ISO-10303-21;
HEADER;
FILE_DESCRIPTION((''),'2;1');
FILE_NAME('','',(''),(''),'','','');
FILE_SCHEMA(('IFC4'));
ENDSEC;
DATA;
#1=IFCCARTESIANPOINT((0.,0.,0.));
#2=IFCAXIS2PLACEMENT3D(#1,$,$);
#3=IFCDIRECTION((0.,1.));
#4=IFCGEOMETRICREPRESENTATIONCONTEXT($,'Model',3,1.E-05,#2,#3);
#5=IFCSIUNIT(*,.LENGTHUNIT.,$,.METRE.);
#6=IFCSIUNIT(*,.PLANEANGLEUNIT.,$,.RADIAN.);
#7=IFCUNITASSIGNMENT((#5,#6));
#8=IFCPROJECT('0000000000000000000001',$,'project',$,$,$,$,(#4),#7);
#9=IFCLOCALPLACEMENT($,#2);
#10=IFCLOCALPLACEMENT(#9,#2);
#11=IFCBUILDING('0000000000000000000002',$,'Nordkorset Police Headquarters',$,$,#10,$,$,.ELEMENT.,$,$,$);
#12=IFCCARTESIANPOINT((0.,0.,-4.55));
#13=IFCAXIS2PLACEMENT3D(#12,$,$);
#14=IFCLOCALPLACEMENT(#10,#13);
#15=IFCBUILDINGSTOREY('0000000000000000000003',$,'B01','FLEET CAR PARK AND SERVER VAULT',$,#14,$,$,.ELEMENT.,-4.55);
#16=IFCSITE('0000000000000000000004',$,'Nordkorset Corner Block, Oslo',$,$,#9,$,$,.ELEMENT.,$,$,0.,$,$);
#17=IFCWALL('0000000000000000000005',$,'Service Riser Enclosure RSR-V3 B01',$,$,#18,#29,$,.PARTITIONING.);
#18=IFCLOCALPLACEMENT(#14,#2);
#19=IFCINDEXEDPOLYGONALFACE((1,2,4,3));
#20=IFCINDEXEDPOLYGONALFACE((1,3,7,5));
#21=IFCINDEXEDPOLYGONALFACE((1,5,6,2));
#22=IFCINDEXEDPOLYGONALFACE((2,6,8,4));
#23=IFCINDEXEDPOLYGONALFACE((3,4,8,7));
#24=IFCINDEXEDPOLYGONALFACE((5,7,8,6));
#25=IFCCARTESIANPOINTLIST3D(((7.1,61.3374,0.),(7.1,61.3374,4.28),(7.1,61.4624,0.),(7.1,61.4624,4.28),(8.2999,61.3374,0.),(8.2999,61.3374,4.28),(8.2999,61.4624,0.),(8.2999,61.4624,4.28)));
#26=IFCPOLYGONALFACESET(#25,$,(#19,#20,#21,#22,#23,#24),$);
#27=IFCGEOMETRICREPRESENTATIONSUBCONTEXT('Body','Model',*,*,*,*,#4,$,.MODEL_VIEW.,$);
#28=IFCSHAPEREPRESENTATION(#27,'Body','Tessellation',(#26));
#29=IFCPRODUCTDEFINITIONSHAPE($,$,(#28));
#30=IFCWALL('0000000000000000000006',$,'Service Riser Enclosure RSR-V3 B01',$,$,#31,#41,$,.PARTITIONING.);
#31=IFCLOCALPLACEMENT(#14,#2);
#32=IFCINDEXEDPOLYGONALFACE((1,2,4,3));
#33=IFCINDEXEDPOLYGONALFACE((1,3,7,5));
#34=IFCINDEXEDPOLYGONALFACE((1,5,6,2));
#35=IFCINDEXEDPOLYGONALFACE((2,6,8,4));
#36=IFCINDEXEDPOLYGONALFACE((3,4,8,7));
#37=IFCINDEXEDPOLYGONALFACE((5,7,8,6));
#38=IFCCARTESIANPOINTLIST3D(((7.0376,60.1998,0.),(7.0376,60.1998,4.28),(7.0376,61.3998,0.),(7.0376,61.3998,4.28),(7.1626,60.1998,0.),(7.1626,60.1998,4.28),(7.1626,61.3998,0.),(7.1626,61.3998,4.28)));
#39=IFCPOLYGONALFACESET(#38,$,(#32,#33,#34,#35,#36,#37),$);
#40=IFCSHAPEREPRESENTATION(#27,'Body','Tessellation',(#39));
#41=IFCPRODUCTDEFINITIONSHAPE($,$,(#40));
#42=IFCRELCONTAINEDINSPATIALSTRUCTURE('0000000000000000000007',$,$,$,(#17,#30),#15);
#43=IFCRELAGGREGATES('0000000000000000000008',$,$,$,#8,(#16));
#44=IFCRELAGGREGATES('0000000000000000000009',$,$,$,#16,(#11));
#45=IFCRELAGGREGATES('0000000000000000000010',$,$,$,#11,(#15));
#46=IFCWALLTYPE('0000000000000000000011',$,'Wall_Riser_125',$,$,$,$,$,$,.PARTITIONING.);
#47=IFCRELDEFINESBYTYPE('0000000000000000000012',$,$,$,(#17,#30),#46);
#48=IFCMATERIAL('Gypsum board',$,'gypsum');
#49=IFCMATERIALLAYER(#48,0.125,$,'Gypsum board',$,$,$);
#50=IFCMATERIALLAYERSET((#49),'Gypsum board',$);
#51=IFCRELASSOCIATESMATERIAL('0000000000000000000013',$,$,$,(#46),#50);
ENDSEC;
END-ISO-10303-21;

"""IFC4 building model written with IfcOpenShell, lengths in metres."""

from ifc_helpers import new_model, si_unit, direction, frame, frame_2d, origin, place, context, subcontext, project, spatial, rectangle, extrude, material, layer, layer_set, type_object, element, save


model = new_model("IFC4")

# Units and contexts
model_context = context("Model", 3, precision=1e-05, world=origin(), true_north=direction((0.0, 1.0)))
body_context = subcontext(model_context, "Body", "Model", "MODEL_VIEW")
ifc_project = project(units=[si_unit("LENGTHUNIT", "METRE"), si_unit("PLANEANGLEUNIT", "RADIAN")], contexts=[model_context])

# Site, building, storey
site_placement = place(None, origin())
site = spatial("IfcSite", under=ifc_project, at=site_placement, Name="Nordkorset Corner Block, Oslo", CompositionType="ELEMENT", RefElevation=0.0)
building_placement = place(site_placement, origin())
building = spatial("IfcBuilding", under=site, at=building_placement, Name="Nordkorset Police Headquarters", CompositionType="ELEMENT")
storey_placement = place(building_placement, frame((0.0, 0.0, -4.55)))
storey = spatial("IfcBuildingStorey", under=building, at=storey_placement, Name="B01", Description="FLEET CAR PARK AND SERVER VAULT", CompositionType="ELEMENT", Elevation=-4.55)

# Walls
ifc_material_1 = material(Name="Gypsum board", Category="gypsum")
ifc_layer_1 = layer(ifc_material_1, 0.125, Name="Gypsum board")
ifc_layer_set_1 = layer_set([ifc_layer_1], Name="Gypsum board")
wall_type_1 = type_object("IfcWallType", Name="Wall_Riser_125", PredefinedType="PARTITIONING", material=ifc_layer_set_1)
for number, where, z_axis, x_axis, name in (
    (1, (8.3, 61.3999, 0.0), (0.0, 0.0, 1.0), (-1.0, 0.0, 0.0), "Service Riser Enclosure RSR-V3 B01"),
    (2, (7.1001, 61.3999, 0.0), (0.0, 0.0, 1.0), (0.0, -1.0, 0.0), "Service Riser Enclosure RSR-V3 B01"),
):
    element("IfcWall", number, at=place(storey_placement, frame(where, z_axis=z_axis, x_axis=x_axis)), inside=storey, type_object=wall_type_1, Name=name, PredefinedType="PARTITIONING", context=body_context, shape_type="SweptSolid", body=[
        extrude(rectangle(XDim=1.2, YDim=0.125, at=frame_2d((0.6001, 0.0))), origin(), (0.0, 0.0, 1.0), 4.28),
    ])

save(model, "model.ifc")
